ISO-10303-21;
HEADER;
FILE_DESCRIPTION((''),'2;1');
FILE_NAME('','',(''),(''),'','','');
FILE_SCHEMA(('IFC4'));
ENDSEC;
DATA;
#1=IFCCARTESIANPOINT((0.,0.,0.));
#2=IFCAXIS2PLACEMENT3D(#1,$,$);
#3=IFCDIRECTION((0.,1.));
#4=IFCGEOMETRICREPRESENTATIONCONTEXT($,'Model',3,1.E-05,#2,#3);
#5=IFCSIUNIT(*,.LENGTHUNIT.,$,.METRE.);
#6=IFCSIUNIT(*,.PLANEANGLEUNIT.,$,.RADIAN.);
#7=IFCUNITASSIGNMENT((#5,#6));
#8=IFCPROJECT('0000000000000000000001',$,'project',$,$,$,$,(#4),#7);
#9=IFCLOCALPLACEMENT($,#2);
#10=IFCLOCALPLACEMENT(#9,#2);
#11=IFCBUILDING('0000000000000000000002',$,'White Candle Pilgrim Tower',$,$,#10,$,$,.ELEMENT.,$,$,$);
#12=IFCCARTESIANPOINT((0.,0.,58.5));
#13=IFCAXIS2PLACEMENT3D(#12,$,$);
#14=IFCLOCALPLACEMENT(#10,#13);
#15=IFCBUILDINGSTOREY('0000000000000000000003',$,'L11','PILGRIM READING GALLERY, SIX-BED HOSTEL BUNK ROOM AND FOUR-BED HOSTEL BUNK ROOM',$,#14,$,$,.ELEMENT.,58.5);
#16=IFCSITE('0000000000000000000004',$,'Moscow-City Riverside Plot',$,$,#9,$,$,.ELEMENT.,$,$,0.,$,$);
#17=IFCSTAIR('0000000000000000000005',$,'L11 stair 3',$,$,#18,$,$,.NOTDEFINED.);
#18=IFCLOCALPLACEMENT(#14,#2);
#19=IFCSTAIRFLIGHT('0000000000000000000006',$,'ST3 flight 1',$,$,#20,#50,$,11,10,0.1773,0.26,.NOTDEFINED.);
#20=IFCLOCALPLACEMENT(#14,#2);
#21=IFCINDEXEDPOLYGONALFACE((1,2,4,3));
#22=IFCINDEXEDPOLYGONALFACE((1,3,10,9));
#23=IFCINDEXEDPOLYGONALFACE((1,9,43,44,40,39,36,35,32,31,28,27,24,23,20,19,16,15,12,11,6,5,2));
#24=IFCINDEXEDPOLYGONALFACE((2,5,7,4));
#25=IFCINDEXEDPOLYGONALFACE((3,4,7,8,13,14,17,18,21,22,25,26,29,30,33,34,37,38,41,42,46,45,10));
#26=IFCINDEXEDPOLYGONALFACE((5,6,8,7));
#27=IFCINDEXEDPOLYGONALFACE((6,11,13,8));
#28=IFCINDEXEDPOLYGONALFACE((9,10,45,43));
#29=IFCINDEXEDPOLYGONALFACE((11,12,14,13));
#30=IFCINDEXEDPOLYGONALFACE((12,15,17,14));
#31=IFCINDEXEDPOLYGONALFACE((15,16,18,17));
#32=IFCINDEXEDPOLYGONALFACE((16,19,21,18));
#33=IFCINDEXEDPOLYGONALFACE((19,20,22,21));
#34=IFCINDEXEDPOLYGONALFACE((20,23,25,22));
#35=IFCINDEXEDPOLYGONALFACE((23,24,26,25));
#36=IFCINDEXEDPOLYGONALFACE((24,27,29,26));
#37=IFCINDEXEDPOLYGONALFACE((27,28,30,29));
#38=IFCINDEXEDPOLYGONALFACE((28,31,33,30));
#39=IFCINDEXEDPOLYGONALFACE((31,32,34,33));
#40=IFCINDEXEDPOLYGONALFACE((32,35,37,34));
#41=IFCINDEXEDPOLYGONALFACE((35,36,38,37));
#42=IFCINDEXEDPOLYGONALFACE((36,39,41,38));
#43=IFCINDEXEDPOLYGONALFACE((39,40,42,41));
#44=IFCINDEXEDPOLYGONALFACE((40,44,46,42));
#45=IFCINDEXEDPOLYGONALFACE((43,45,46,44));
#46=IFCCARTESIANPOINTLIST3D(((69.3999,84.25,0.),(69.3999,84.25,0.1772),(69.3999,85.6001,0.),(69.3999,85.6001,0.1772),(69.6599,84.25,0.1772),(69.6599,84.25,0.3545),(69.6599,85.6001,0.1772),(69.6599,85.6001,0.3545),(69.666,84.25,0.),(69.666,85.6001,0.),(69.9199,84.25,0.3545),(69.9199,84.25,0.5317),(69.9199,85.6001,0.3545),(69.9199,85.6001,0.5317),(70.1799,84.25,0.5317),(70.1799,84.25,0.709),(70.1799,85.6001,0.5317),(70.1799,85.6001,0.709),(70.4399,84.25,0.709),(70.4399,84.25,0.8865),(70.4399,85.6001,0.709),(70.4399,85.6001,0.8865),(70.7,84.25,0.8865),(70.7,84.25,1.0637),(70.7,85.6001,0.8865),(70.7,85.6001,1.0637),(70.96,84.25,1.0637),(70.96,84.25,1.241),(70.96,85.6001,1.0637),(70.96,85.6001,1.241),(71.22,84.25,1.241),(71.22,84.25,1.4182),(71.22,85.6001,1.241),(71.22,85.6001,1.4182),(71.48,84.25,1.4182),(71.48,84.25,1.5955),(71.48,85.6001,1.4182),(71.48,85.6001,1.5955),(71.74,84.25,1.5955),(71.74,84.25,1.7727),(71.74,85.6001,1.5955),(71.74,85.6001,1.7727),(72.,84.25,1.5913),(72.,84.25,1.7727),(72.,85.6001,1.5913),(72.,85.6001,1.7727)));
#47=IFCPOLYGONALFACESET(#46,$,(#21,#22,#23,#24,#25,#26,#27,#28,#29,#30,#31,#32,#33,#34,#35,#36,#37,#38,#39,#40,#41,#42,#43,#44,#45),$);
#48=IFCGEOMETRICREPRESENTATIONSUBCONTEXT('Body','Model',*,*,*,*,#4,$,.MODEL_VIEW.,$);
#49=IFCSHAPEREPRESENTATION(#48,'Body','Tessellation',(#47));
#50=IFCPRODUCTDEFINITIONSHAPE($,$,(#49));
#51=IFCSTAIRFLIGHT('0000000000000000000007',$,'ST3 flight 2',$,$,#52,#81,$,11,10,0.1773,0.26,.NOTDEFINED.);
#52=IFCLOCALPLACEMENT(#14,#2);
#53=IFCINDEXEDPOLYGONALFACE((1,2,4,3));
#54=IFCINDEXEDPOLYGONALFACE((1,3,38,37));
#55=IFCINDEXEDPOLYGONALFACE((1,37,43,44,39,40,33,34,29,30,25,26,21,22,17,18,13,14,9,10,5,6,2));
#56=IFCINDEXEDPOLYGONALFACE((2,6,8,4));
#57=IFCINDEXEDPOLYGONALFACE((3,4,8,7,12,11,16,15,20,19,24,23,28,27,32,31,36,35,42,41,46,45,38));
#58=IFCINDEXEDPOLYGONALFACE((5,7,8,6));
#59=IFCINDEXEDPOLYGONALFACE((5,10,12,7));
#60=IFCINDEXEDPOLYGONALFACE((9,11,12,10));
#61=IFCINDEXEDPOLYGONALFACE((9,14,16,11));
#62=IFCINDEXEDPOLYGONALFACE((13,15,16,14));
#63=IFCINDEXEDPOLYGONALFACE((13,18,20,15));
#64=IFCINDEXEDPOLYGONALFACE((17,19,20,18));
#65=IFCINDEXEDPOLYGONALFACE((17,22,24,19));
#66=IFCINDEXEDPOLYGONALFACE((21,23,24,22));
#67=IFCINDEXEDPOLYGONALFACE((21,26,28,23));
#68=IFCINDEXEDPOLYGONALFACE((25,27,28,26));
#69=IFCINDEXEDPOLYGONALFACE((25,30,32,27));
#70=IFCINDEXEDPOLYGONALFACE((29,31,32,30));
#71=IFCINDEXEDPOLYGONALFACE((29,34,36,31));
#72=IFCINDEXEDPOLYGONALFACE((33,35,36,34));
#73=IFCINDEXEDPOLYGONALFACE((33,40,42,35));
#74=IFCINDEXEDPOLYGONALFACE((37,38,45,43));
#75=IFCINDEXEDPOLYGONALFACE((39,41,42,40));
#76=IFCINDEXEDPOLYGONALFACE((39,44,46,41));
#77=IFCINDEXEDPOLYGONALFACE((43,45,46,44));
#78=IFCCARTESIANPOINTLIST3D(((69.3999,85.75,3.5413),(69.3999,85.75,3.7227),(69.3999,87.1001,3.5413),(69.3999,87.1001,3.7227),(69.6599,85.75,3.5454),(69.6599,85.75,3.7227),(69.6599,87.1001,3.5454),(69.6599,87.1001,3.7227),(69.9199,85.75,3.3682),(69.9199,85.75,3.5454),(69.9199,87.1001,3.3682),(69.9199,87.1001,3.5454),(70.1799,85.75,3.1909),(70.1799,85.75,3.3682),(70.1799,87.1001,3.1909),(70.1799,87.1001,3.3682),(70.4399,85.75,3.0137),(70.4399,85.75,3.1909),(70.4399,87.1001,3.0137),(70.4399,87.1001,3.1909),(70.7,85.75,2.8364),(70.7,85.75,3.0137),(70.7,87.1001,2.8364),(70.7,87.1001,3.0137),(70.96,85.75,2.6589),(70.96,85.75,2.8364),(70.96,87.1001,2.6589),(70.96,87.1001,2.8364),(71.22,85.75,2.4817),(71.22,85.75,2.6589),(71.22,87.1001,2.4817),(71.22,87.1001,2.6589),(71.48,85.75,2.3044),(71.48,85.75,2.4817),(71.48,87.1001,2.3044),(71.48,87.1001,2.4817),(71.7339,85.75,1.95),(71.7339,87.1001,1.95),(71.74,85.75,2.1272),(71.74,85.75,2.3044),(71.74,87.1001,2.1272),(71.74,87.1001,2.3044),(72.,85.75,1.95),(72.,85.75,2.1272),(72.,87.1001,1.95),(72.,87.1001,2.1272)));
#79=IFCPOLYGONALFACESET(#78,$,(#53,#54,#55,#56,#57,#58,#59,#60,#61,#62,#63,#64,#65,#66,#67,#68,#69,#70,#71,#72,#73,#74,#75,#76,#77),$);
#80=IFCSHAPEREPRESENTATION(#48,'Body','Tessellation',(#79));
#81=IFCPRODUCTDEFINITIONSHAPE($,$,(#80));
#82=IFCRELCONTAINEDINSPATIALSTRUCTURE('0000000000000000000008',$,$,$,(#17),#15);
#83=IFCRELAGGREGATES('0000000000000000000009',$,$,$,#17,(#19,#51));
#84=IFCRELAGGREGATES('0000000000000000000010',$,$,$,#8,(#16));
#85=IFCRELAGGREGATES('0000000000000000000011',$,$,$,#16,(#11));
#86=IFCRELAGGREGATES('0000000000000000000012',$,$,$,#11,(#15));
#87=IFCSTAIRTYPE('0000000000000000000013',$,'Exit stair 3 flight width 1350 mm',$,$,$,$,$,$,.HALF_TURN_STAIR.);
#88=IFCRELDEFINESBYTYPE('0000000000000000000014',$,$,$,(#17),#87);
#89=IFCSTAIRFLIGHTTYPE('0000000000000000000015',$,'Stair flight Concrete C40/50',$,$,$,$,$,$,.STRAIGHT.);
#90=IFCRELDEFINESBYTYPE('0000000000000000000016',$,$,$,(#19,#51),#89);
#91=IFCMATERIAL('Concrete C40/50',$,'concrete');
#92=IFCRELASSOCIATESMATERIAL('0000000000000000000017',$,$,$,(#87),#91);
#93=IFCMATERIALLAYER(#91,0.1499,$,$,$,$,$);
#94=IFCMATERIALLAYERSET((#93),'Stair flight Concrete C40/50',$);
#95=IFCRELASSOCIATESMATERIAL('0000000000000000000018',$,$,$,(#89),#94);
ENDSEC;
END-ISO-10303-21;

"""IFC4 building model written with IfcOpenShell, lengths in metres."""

from ifc_helpers import new_model, si_unit, direction, frame, origin, place, context, subcontext, project, spatial, polyline, outline, extrude, material, layer, layer_set, type_object, element, aggregate, save


model = new_model("IFC4")

# Units and contexts
model_context = context("Model", 3, precision=1e-05, world=origin(), true_north=direction((0.0, 1.0)))
body_context = subcontext(model_context, "Body", "Model", "MODEL_VIEW")
ifc_project = project(units=[si_unit("LENGTHUNIT", "METRE"), si_unit("PLANEANGLEUNIT", "RADIAN")], contexts=[model_context])

# Site, building, storey
site_placement = place(None, origin())
site = spatial("IfcSite", under=ifc_project, at=site_placement, Name="Moscow-City Riverside Plot", CompositionType="ELEMENT", RefElevation=0.0)
building_placement = place(site_placement, origin())
building = spatial("IfcBuilding", under=site, at=building_placement, Name="White Candle Pilgrim Tower", CompositionType="ELEMENT")
storey_placement = place(building_placement, frame((0.0, 0.0, 58.5)))
storey = spatial("IfcBuildingStorey", under=building, at=storey_placement, Name="L11", Description="PILGRIM READING GALLERY, SIX-BED HOSTEL BUNK ROOM AND FOUR-BED HOSTEL BUNK ROOM", CompositionType="ELEMENT", Elevation=58.5)

# Stair, stair flights
ifc_material_1 = material(Name="Concrete C40/50", Category="concrete")
stair_type = type_object("IfcStairType", Name="Exit stair 3 flight width 1350 mm", PredefinedType="HALF_TURN_STAIR", material=ifc_material_1)
stair_placement = place(storey_placement, origin())
stair = element("IfcStair", 1, at=stair_placement, inside=storey, type_object=stair_type, Name="L11 stair 3", PredefinedType="NOTDEFINED")
ifc_layer_1 = layer(ifc_material_1, 0.1499)
ifc_layer_set_1 = layer_set([ifc_layer_1], Name="Stair flight Concrete C40/50")
stair_flight_type = type_object("IfcStairFlightType", Name="Stair flight Concrete C40/50", PredefinedType="STRAIGHT", material=ifc_layer_set_1)
stair_flight_1_placement = place(storey_placement, frame((69.3999, 84.925, 0.0), z_axis=(0.0, 0.0, 1.0), x_axis=(1.0, 0.0, 0.0)))
stair_flight_1 = element("IfcStairFlight", 2, at=stair_flight_1_placement, type_object=stair_flight_type, Name="ST3 flight 1", NumberOfRisers=11, NumberOfTreads=10, PredefinedType="NOTDEFINED", RiserHeight=0.1773, TreadLength=0.26, context=body_context, shape_type="SweptSolid", body=[
    extrude(outline(polyline([(0.0, 0.0), (0.0, 0.1772), (0.26, 0.1772), (0.26, 0.3545), (0.52, 0.3545), (0.52, 0.5317), (0.78, 0.5317), (0.78, 0.709), (1.04, 0.709), (1.04, 0.8865), (1.3, 0.8865), (1.3, 1.0637), (1.5601, 1.0637), (1.5601, 1.241), (1.8201, 1.241), (1.8201, 1.4182), (2.0801, 1.4182), (2.0801, 1.5955), (2.3401, 1.5955), (2.3401, 1.7727), (2.6001, 1.7727), (2.6001, 1.95), (2.6001, 1.5913), (0.2661, 0.0), (0.0, 0.0)])), frame((0.0, 0.675, 0.0), z_axis=(0.0, -1.0, 0.0), x_axis=(1.0, 0.0, 0.0)), (0.0, 0.0, 1.0), 1.3501),
])
stair_flight_2_placement = place(storey_placement, frame((72.0, 86.425, 1.95), z_axis=(0.0, 0.0, 1.0), x_axis=(-1.0, 0.0, 0.0)))
stair_flight_2 = element("IfcStairFlight", 3, at=stair_flight_2_placement, type_object=stair_flight_type, Name="ST3 flight 2", NumberOfRisers=11, NumberOfTreads=10, PredefinedType="NOTDEFINED", RiserHeight=0.1773, TreadLength=0.26, context=body_context, shape_type="SweptSolid", body=[
    extrude(outline(polyline([(0.0, 0.0), (0.0, 0.1772), (0.26, 0.1772), (0.26, 0.3545), (0.52, 0.3545), (0.52, 0.5317), (0.78, 0.5317), (0.78, 0.709), (1.04, 0.709), (1.04, 0.8865), (1.3, 0.8865), (1.3, 1.0637), (1.5601, 1.0637), (1.5601, 1.241), (1.8201, 1.241), (1.8201, 1.4182), (2.0801, 1.4182), (2.0801, 1.5955), (2.3401, 1.5955), (2.3401, 1.7727), (2.6001, 1.7727), (2.6001, 1.95), (2.6001, 1.5913), (0.2661, 0.0), (0.0, 0.0)])), frame((0.0, 0.675, 0.0), z_axis=(0.0, -1.0, 0.0), x_axis=(1.0, 0.0, 0.0)), (0.0, 0.0, 1.0), 1.3501),
])
aggregate(stair, [stair_flight_1, stair_flight_2])

save(model, "model.ifc")
